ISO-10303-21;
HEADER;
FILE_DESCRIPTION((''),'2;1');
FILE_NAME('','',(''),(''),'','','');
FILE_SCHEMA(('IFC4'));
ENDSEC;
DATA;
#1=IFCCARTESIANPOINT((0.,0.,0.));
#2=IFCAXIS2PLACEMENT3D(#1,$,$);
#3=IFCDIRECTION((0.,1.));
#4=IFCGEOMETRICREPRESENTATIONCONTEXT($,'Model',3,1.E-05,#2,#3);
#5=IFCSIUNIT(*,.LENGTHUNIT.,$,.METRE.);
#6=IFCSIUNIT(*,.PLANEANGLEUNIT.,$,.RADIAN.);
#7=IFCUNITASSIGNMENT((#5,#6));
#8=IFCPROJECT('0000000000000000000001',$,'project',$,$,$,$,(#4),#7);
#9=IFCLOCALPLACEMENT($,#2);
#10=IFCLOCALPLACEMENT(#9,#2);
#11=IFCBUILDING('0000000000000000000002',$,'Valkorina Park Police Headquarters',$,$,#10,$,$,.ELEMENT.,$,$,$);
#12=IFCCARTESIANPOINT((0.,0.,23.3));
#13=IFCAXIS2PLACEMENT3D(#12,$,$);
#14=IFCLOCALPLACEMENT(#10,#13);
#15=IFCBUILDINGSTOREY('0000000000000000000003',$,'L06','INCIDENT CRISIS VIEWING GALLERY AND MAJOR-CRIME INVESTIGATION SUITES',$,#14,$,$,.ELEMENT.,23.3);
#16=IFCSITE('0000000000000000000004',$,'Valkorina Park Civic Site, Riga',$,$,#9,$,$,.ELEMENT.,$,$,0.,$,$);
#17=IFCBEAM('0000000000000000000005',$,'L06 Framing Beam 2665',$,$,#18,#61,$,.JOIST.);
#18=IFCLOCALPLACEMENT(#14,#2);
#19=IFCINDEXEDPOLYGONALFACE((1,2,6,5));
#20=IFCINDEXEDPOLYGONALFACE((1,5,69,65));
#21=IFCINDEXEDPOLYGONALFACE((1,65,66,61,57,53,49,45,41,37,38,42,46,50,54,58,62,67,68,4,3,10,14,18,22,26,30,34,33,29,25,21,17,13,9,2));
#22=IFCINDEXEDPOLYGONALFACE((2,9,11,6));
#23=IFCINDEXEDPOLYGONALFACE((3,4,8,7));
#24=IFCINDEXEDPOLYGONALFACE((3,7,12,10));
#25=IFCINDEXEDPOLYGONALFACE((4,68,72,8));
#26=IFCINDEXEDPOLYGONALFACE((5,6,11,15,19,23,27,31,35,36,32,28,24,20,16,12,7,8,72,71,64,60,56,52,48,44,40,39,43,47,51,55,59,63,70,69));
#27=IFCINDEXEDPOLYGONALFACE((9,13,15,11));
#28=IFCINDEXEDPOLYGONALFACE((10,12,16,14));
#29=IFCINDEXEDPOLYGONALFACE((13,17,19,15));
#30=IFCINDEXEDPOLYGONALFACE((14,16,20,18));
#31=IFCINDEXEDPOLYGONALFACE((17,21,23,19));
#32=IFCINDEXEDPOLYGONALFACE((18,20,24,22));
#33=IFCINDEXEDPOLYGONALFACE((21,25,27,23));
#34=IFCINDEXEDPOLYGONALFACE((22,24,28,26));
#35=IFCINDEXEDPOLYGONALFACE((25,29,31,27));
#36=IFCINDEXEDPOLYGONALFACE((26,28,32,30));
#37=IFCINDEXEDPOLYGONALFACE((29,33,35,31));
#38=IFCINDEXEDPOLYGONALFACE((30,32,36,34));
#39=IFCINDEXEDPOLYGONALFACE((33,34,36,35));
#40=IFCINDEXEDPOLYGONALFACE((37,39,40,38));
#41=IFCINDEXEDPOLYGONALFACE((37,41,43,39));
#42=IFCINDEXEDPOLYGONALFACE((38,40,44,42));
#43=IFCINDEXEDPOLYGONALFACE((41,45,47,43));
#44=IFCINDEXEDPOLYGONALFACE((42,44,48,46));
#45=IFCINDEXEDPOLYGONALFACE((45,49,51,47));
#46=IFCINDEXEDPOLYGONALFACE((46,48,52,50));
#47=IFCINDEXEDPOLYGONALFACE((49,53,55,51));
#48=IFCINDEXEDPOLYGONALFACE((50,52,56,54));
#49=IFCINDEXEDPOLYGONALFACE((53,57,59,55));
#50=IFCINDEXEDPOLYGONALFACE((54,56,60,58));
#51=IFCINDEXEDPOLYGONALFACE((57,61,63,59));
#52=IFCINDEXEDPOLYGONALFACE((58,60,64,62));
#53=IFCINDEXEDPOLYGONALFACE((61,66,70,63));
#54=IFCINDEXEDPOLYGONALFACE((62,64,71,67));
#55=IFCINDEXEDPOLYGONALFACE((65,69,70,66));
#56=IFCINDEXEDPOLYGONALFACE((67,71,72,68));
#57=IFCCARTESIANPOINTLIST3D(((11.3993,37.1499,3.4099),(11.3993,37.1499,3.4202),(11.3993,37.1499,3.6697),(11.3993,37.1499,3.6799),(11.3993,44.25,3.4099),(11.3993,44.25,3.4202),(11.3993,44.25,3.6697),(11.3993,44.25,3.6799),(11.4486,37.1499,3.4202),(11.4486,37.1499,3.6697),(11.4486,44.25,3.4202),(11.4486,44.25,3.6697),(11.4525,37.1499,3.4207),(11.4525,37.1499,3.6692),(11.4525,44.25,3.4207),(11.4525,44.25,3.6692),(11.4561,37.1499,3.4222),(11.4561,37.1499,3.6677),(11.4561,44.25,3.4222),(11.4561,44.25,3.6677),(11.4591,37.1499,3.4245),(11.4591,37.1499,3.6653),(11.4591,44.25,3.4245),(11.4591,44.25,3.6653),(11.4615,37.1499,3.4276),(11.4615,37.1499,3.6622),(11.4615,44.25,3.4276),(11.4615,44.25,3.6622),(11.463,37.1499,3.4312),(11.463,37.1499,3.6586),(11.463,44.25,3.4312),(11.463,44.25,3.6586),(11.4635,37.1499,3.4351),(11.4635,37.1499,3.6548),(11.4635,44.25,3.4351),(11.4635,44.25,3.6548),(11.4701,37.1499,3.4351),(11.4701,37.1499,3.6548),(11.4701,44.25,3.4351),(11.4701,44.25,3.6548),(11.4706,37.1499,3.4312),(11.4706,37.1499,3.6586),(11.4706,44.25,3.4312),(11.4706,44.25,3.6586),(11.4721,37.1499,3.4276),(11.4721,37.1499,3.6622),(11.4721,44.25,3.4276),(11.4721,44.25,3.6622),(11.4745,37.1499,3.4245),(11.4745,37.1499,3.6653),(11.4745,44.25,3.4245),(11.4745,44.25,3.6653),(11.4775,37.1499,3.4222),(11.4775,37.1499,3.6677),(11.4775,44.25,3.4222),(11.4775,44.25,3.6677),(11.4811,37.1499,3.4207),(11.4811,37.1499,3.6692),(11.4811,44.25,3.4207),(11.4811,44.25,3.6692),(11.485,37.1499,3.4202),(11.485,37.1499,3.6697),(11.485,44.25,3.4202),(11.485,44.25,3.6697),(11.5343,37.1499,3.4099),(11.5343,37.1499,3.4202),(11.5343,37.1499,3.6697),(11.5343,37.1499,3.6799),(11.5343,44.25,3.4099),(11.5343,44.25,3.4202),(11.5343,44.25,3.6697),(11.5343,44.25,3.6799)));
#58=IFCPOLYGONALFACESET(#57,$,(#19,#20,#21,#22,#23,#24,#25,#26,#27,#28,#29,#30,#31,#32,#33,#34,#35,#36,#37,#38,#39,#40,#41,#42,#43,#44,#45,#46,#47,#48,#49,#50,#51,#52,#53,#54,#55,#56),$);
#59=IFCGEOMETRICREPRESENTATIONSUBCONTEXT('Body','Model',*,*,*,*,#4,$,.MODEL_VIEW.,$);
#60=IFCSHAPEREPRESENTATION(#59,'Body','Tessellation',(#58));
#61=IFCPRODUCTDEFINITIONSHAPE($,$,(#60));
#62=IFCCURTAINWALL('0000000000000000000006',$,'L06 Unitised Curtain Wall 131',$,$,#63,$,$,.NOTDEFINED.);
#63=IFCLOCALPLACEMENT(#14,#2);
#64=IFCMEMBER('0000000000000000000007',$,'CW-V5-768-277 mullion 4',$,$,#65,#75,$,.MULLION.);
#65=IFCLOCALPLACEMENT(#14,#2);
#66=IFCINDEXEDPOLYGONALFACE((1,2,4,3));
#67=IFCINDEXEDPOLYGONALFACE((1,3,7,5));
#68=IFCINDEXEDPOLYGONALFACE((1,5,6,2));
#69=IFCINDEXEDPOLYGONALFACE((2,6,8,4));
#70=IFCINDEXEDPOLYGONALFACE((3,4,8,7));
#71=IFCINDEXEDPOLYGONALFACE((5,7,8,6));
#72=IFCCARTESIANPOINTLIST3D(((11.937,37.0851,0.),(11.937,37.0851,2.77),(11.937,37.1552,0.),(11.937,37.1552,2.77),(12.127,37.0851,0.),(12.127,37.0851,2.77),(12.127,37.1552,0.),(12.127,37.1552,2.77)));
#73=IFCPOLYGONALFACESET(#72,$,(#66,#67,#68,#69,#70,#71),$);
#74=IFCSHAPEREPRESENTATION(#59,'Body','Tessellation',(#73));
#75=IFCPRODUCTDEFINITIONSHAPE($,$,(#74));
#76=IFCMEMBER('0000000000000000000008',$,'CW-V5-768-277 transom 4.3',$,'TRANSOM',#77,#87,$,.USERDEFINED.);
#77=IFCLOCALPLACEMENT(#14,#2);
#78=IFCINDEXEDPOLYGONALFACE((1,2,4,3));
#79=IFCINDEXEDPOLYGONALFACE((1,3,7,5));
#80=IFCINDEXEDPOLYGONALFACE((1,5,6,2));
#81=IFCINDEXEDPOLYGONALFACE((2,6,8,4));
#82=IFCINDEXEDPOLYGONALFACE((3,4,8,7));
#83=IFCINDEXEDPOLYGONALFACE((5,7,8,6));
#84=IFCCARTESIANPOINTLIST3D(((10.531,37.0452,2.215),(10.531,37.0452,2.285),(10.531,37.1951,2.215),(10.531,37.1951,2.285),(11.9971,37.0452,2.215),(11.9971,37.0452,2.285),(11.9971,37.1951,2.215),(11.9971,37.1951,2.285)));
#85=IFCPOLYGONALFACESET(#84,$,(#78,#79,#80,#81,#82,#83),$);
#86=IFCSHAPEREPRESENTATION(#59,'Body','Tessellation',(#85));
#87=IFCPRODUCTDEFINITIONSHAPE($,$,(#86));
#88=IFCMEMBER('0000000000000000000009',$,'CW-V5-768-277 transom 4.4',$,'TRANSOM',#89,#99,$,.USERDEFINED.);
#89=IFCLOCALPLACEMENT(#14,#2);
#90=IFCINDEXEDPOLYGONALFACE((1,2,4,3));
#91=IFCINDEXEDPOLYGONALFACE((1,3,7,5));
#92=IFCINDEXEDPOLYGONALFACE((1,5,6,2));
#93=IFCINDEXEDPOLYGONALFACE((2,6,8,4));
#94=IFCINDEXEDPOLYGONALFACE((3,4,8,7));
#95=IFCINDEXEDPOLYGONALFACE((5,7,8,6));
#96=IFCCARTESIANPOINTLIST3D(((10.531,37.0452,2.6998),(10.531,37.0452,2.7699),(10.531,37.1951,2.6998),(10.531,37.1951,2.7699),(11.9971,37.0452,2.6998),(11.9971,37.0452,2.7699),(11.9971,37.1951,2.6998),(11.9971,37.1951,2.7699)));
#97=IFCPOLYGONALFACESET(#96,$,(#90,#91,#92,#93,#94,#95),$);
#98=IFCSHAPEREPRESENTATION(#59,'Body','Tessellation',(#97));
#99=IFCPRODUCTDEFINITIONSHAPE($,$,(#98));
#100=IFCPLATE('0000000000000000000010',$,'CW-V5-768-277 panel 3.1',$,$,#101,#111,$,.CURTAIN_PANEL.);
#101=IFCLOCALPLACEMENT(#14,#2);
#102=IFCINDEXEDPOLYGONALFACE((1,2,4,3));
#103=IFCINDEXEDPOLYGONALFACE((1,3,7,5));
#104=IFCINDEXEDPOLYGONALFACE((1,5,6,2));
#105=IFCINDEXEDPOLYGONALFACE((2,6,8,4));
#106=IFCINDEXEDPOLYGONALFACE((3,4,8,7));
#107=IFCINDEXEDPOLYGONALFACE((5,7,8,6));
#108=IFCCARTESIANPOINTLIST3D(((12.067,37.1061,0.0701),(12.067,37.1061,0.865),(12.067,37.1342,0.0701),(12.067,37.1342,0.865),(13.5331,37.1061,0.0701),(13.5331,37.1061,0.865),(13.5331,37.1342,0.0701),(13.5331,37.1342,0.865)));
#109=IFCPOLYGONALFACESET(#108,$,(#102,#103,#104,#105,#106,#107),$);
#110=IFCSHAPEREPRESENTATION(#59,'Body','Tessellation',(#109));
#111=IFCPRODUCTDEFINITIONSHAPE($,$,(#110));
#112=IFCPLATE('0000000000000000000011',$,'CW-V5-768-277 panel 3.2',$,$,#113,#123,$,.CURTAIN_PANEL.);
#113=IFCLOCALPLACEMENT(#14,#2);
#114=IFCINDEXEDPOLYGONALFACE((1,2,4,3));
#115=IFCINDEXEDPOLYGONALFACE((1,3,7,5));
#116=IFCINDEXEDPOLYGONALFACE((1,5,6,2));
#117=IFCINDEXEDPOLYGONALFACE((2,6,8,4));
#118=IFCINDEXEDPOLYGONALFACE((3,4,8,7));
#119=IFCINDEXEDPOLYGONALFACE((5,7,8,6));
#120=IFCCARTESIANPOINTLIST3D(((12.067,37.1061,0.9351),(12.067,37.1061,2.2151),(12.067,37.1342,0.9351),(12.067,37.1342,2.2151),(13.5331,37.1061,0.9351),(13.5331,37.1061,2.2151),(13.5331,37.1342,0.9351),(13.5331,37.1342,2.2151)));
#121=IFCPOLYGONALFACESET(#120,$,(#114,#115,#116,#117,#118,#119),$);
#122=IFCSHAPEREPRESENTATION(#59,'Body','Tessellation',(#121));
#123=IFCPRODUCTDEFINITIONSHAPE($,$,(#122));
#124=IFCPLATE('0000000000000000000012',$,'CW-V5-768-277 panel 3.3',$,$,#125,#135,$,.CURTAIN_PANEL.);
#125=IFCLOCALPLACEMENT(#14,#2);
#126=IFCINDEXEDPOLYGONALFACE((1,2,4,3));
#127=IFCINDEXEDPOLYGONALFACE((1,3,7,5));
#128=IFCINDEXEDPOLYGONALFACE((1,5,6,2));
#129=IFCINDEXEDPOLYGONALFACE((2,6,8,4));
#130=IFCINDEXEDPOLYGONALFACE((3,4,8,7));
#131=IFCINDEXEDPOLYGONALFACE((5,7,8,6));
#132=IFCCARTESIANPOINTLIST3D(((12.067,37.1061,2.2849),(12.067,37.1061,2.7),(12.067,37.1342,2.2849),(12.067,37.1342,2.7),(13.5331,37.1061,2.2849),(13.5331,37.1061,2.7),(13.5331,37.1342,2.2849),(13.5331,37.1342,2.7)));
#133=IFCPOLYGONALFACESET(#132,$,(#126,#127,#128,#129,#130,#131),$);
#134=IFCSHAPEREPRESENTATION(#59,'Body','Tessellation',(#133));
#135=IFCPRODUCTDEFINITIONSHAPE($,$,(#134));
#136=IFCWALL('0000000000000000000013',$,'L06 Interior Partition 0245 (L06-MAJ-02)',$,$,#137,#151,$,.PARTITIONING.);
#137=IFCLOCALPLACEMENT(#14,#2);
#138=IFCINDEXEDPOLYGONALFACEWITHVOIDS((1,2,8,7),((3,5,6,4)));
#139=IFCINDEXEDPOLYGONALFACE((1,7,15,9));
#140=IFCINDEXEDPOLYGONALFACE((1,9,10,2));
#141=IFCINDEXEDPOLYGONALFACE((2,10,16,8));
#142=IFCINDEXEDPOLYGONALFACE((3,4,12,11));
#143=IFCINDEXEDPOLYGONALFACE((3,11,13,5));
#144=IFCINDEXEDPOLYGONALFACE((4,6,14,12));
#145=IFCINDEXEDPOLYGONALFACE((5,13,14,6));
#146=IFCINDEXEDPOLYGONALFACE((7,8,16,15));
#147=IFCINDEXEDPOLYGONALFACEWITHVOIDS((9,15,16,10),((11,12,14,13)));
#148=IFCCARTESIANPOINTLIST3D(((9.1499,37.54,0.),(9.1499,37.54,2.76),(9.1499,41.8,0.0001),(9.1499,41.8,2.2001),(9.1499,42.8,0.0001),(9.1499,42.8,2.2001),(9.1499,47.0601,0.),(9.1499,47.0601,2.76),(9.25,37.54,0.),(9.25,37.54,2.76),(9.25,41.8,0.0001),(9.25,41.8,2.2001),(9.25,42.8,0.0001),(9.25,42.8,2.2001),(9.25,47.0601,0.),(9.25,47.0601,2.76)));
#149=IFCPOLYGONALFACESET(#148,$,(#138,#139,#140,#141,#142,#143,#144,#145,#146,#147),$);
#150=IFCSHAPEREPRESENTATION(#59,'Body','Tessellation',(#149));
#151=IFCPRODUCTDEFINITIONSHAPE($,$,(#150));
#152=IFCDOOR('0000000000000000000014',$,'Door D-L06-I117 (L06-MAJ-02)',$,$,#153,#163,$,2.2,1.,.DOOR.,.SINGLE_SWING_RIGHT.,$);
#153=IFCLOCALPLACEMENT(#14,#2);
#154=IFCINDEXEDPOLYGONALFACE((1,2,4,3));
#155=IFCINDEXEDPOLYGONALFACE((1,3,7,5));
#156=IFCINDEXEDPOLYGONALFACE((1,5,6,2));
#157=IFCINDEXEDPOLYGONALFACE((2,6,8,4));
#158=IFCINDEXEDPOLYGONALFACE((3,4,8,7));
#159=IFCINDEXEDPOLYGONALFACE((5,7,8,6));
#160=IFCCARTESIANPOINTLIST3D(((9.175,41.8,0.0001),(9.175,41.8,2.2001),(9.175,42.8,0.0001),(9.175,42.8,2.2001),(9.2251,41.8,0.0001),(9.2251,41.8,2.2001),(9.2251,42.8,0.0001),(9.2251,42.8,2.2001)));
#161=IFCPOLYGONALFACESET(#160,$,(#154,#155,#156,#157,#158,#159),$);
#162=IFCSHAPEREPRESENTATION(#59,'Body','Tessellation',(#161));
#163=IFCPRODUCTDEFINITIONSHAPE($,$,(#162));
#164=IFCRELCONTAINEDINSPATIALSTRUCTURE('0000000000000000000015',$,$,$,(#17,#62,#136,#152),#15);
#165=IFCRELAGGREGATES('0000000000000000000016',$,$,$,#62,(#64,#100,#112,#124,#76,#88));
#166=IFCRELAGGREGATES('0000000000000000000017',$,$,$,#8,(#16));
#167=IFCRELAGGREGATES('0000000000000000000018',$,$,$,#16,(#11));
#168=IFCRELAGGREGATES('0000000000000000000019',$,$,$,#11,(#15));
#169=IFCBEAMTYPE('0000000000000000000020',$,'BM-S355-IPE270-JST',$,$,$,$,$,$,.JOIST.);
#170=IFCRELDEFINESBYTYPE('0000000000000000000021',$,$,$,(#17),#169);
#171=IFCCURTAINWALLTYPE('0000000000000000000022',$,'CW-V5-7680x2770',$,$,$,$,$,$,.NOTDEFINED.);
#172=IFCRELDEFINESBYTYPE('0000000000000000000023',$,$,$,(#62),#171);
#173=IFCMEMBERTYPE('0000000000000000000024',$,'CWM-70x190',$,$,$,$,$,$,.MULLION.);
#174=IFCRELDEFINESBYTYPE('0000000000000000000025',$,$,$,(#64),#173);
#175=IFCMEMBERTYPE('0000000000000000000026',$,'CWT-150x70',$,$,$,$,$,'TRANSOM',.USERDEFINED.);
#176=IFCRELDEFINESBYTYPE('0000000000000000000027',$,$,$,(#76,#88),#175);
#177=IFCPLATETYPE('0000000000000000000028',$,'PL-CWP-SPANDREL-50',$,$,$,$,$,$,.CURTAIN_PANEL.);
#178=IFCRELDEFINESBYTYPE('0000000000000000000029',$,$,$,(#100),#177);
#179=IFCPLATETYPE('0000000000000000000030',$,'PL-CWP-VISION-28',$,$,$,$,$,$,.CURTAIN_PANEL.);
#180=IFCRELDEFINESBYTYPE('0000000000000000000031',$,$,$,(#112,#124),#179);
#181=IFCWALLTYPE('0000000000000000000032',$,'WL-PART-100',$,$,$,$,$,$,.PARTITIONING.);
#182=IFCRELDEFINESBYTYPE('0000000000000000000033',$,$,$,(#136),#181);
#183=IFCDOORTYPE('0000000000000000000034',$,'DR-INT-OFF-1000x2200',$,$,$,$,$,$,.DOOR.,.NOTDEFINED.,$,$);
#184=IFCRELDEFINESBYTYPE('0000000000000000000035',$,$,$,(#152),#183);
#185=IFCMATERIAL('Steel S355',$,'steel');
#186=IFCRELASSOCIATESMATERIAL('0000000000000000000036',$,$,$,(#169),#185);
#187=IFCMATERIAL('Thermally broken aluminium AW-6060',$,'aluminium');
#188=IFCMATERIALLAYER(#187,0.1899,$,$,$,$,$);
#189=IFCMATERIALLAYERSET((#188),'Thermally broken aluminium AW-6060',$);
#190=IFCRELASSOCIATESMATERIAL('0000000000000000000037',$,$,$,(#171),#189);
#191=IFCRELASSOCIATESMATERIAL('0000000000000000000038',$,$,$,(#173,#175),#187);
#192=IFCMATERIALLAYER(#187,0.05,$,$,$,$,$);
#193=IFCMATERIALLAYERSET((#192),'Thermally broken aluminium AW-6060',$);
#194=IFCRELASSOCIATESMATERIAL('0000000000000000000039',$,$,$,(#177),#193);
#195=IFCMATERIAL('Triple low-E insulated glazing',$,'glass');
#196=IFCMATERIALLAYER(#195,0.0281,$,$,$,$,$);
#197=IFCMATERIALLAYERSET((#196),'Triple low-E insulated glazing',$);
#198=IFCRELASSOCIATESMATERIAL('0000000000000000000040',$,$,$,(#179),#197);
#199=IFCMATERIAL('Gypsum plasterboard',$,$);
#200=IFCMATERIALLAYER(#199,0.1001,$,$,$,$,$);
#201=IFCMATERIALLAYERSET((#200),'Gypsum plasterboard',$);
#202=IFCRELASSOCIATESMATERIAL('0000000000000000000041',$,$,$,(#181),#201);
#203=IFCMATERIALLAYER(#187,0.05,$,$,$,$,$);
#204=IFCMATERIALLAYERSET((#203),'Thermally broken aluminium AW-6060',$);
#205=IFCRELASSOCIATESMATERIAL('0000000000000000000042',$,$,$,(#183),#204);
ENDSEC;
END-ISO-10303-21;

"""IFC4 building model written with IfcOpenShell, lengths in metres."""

from ifc_helpers import new_model, si_unit, direction, frame, frame_2d, origin, origin_2d, place, context, subcontext, project, spatial, rectangle, i_section, extrude, material, layer, layer_set, material_profile, profile_set, type_object, element, fill, aggregate, save


model = new_model("IFC4")

# Units and contexts
model_context = context("Model", 3, precision=1e-05, world=origin(), true_north=direction((0.0, 1.0)))
body_context = subcontext(model_context, "Body", "Model", "MODEL_VIEW")
ifc_project = project(units=[si_unit("LENGTHUNIT", "METRE"), si_unit("PLANEANGLEUNIT", "RADIAN")], contexts=[model_context])

# Site, building, storey
site_placement = place(None, origin())
site = spatial("IfcSite", under=ifc_project, at=site_placement, Name="Valkorina Park Civic Site, Riga", CompositionType="ELEMENT", RefElevation=0.0)
building_placement = place(site_placement, origin())
building = spatial("IfcBuilding", under=site, at=building_placement, Name="Valkorina Park Police Headquarters", CompositionType="ELEMENT")
storey_placement = place(building_placement, frame((0.0, 0.0, 23.3)))
storey = spatial("IfcBuildingStorey", under=building, at=storey_placement, Name="L06", Description="INCIDENT CRISIS VIEWING GALLERY AND MAJOR-CRIME INVESTIGATION SUITES", CompositionType="ELEMENT", Elevation=23.3)

# Shared definitions
ifc_material_1 = material(Name="Steel S355", Category="steel")

# Beam
ifc_material_profile_1 = material_profile(ifc_material_1, i_section(OverallWidth=0.135, OverallDepth=0.27, WebThickness=0.0066, FlangeThickness=0.0103, FilletRadius=0.0149, at=origin_2d()), Name="IPE 270")
ifc_profile_set_1 = profile_set([ifc_material_profile_1], Name="Steel S355")
beam_type_1 = type_object("IfcBeamType", Name="BM-S355-IPE270-JST", PredefinedType="JOIST", material=ifc_profile_set_1)
beam_1_placement = place(storey_placement, frame((11.4668, 37.1499, 3.5449), z_axis=(0.0, 1.0, 0.0), x_axis=(-1.0, 0.0, 0.0)))
element("IfcBeam", 1, at=beam_1_placement, inside=storey, type_object=beam_type_1, Name="L06 Framing Beam 2665", PredefinedType="JOIST", context=body_context, shape_type="SweptSolid", body=[
    extrude(i_section(OverallWidth=0.135, OverallDepth=0.27, WebThickness=0.0066, FlangeThickness=0.0103, FilletRadius=0.0149, at=origin_2d()), origin(), (0.0, 0.0, 1.0), 7.1001),
])

# Curtain wall, members, plates
ifc_material_2 = material(Name="Thermally broken aluminium AW-6060", Category="aluminium")
ifc_layer_1 = layer(ifc_material_2, 0.1899)
ifc_layer_set_1 = layer_set([ifc_layer_1], Name="Thermally broken aluminium AW-6060")
curtain_wall_type = type_object("IfcCurtainWallType", Name="CW-V5-7680x2770", PredefinedType="NOTDEFINED", material=ifc_layer_set_1)
curtain_wall_placement = place(storey_placement, origin())
curtain_wall = element("IfcCurtainWall", 2, at=curtain_wall_placement, inside=storey, type_object=curtain_wall_type, Name="L06 Unitised Curtain Wall 131", PredefinedType="NOTDEFINED")
ifc_material_profile_2 = material_profile(ifc_material_2, rectangle(XDim=0.0701, YDim=0.1899, at=origin_2d()), Name="CWM-02 70x190")
ifc_profile_set_2 = profile_set([ifc_material_profile_2], Name="Thermally broken aluminium AW-6060")
member_type_1 = type_object("IfcMemberType", Name="CWM-70x190", PredefinedType="MULLION", material=ifc_profile_set_2)
member_1_placement = place(storey_placement, frame((12.032, 37.1201, 0.0), z_axis=(0.0, 0.0, 1.0), x_axis=(0.0, -1.0, 0.0)))
member_1 = element("IfcMember", 3, at=member_1_placement, type_object=member_type_1, Name="CW-V5-768-277 mullion 4", PredefinedType="MULLION", context=body_context, shape_type="SweptSolid", body=[
    extrude(rectangle(XDim=0.0701, YDim=0.1899, at=origin_2d()), origin(), (0.0, 0.0, 1.0), 2.77),
])
ifc_material_profile_3 = material_profile(ifc_material_2, rectangle(XDim=0.1499, YDim=0.0701, at=origin_2d()), Name="CWT-02 150x70")
ifc_profile_set_3 = profile_set([ifc_material_profile_3], Name="Thermally broken aluminium AW-6060")
member_type_2 = type_object("IfcMemberType", Name="CWT-150x70", ElementType="TRANSOM", PredefinedType="USERDEFINED", material=ifc_profile_set_3)
member_2_placement = place(storey_placement, frame((11.9971, 37.1201, 2.25), z_axis=(-1.0, 0.0, 0.0), x_axis=(0.0, -1.0, 0.0)))
member_2 = element("IfcMember", 4, at=member_2_placement, type_object=member_type_2, Name="CW-V5-768-277 transom 4.3", ObjectType="TRANSOM", PredefinedType="USERDEFINED", context=body_context, shape_type="SweptSolid", body=[
    extrude(rectangle(XDim=0.1499, YDim=0.0701, at=origin_2d()), origin(), (0.0, 0.0, 1.0), 1.4661),
])
member_3_placement = place(storey_placement, frame((11.9971, 37.1201, 2.7349), z_axis=(-1.0, 0.0, 0.0), x_axis=(0.0, -1.0, 0.0)))
member_3 = element("IfcMember", 5, at=member_3_placement, type_object=member_type_2, Name="CW-V5-768-277 transom 4.4", ObjectType="TRANSOM", PredefinedType="USERDEFINED", context=body_context, shape_type="SweptSolid", body=[
    extrude(rectangle(XDim=0.1499, YDim=0.0701, at=origin_2d()), origin(), (0.0, 0.0, 1.0), 1.4661),
])
ifc_layer_2 = layer(ifc_material_2, 0.05)
ifc_layer_set_2 = layer_set([ifc_layer_2], Name="Thermally broken aluminium AW-6060")
plate_type_1 = type_object("IfcPlateType", Name="PL-CWP-SPANDREL-50", PredefinedType="CURTAIN_PANEL", material=ifc_layer_set_2)
plate_1_placement = place(storey_placement, frame((12.8, 37.1201, 0.0701), z_axis=(0.0, 0.0, 1.0), x_axis=(-1.0, 0.0, 0.0)))
plate_1 = element("IfcPlate", 6, at=plate_1_placement, type_object=plate_type_1, Name="CW-V5-768-277 panel 3.1", PredefinedType="CURTAIN_PANEL", context=body_context, shape_type="SweptSolid", body=[
    extrude(rectangle(XDim=1.4661, YDim=0.0281, at=origin_2d()), origin(), (0.0, 0.0, 1.0), 0.7949),
])
ifc_material_3 = material(Name="Triple low-E insulated glazing", Category="glass")
ifc_layer_3 = layer(ifc_material_3, 0.0281)
ifc_layer_set_3 = layer_set([ifc_layer_3], Name="Triple low-E insulated glazing")
plate_type_2 = type_object("IfcPlateType", Name="PL-CWP-VISION-28", PredefinedType="CURTAIN_PANEL", material=ifc_layer_set_3)
plate_2_placement = place(storey_placement, frame((12.8, 37.1201, 0.9351), z_axis=(0.0, 0.0, 1.0), x_axis=(-1.0, 0.0, 0.0)))
plate_2 = element("IfcPlate", 7, at=plate_2_placement, type_object=plate_type_2, Name="CW-V5-768-277 panel 3.2", PredefinedType="CURTAIN_PANEL", context=body_context, shape_type="SweptSolid", body=[
    extrude(rectangle(XDim=1.4661, YDim=0.0281, at=origin_2d()), origin(), (0.0, 0.0, 1.0), 1.28),
])
plate_3_placement = place(storey_placement, frame((12.8, 37.1201, 2.2849), z_axis=(0.0, 0.0, 1.0), x_axis=(-1.0, 0.0, 0.0)))
plate_3 = element("IfcPlate", 8, at=plate_3_placement, type_object=plate_type_2, Name="CW-V5-768-277 panel 3.3", PredefinedType="CURTAIN_PANEL", context=body_context, shape_type="SweptSolid", body=[
    extrude(rectangle(XDim=1.4661, YDim=0.0281, at=origin_2d()), origin(), (0.0, 0.0, 1.0), 0.415),
])
aggregate(curtain_wall, [member_1, plate_1, plate_2, plate_3, member_2, member_3])

# Wall, opening, door
ifc_material_4 = material(Name="Gypsum plasterboard")
ifc_layer_4 = layer(ifc_material_4, 0.1001)
ifc_layer_set_4 = layer_set([ifc_layer_4], Name="Gypsum plasterboard")
wall_type_1 = type_object("IfcWallType", Name="WL-PART-100", PredefinedType="PARTITIONING", material=ifc_layer_set_4)
wall_1_placement = place(storey_placement, frame((9.2, 37.54, 0.0), z_axis=(0.0, 0.0, 1.0), x_axis=(0.0, 1.0, 0.0)))
wall_1 = element("IfcWall", 9, at=wall_1_placement, inside=storey, type_object=wall_type_1, Name="L06 Interior Partition 0245 (L06-MAJ-02)", PredefinedType="PARTITIONING", context=body_context, shape_type="SweptSolid", body=[
    extrude(rectangle(XDim=9.52, YDim=0.1001, at=frame_2d((4.76, 0.0))), origin(), (0.0, 0.0, 1.0), 2.76),
])
opening_1_placement = place(wall_1_placement, frame((4.26, 0.0, 0.0)))
opening_1 = element("IfcOpeningElement", 10, at=opening_1_placement, cuts=wall_1, PredefinedType="OPENING", context=body_context, shape_type="SweptSolid", body=[
    extrude(rectangle(XDim=1.0, YDim=2.2, at=frame_2d((0.5, 1.1001))), frame((0.0, 0.0601, 0.0), z_axis=(0.0, -1.0, 0.0), x_axis=(1.0, 0.0, 0.0)), (0.0, 0.0, 1.0), 0.1201),
])
ifc_layer_5 = layer(ifc_material_2, 0.05)
ifc_layer_set_5 = layer_set([ifc_layer_5], Name="Thermally broken aluminium AW-6060")
door_type_1 = type_object("IfcDoorType", Name="DR-INT-OFF-1000x2200", OperationType="NOTDEFINED", PredefinedType="DOOR", material=ifc_layer_set_5)
door_1_placement = place(opening_1_placement, origin())
door_1 = element("IfcDoor", 11, at=door_1_placement, inside=storey, type_object=door_type_1, Name="Door D-L06-I117 (L06-MAJ-02)", OperationType="SINGLE_SWING_RIGHT", OverallHeight=2.2, OverallWidth=1.0, PredefinedType="DOOR", context=body_context, shape_type="SweptSolid", body=[
    extrude(rectangle(XDim=1.0, YDim=2.2, at=frame_2d((0.5, 1.1001))), frame((0.0, 0.0249, 0.0), z_axis=(0.0, -1.0, 0.0), x_axis=(1.0, 0.0, 0.0)), (0.0, 0.0, 1.0), 0.05),
])
fill(opening_1, door_1)

save(model, "model.ifc")
